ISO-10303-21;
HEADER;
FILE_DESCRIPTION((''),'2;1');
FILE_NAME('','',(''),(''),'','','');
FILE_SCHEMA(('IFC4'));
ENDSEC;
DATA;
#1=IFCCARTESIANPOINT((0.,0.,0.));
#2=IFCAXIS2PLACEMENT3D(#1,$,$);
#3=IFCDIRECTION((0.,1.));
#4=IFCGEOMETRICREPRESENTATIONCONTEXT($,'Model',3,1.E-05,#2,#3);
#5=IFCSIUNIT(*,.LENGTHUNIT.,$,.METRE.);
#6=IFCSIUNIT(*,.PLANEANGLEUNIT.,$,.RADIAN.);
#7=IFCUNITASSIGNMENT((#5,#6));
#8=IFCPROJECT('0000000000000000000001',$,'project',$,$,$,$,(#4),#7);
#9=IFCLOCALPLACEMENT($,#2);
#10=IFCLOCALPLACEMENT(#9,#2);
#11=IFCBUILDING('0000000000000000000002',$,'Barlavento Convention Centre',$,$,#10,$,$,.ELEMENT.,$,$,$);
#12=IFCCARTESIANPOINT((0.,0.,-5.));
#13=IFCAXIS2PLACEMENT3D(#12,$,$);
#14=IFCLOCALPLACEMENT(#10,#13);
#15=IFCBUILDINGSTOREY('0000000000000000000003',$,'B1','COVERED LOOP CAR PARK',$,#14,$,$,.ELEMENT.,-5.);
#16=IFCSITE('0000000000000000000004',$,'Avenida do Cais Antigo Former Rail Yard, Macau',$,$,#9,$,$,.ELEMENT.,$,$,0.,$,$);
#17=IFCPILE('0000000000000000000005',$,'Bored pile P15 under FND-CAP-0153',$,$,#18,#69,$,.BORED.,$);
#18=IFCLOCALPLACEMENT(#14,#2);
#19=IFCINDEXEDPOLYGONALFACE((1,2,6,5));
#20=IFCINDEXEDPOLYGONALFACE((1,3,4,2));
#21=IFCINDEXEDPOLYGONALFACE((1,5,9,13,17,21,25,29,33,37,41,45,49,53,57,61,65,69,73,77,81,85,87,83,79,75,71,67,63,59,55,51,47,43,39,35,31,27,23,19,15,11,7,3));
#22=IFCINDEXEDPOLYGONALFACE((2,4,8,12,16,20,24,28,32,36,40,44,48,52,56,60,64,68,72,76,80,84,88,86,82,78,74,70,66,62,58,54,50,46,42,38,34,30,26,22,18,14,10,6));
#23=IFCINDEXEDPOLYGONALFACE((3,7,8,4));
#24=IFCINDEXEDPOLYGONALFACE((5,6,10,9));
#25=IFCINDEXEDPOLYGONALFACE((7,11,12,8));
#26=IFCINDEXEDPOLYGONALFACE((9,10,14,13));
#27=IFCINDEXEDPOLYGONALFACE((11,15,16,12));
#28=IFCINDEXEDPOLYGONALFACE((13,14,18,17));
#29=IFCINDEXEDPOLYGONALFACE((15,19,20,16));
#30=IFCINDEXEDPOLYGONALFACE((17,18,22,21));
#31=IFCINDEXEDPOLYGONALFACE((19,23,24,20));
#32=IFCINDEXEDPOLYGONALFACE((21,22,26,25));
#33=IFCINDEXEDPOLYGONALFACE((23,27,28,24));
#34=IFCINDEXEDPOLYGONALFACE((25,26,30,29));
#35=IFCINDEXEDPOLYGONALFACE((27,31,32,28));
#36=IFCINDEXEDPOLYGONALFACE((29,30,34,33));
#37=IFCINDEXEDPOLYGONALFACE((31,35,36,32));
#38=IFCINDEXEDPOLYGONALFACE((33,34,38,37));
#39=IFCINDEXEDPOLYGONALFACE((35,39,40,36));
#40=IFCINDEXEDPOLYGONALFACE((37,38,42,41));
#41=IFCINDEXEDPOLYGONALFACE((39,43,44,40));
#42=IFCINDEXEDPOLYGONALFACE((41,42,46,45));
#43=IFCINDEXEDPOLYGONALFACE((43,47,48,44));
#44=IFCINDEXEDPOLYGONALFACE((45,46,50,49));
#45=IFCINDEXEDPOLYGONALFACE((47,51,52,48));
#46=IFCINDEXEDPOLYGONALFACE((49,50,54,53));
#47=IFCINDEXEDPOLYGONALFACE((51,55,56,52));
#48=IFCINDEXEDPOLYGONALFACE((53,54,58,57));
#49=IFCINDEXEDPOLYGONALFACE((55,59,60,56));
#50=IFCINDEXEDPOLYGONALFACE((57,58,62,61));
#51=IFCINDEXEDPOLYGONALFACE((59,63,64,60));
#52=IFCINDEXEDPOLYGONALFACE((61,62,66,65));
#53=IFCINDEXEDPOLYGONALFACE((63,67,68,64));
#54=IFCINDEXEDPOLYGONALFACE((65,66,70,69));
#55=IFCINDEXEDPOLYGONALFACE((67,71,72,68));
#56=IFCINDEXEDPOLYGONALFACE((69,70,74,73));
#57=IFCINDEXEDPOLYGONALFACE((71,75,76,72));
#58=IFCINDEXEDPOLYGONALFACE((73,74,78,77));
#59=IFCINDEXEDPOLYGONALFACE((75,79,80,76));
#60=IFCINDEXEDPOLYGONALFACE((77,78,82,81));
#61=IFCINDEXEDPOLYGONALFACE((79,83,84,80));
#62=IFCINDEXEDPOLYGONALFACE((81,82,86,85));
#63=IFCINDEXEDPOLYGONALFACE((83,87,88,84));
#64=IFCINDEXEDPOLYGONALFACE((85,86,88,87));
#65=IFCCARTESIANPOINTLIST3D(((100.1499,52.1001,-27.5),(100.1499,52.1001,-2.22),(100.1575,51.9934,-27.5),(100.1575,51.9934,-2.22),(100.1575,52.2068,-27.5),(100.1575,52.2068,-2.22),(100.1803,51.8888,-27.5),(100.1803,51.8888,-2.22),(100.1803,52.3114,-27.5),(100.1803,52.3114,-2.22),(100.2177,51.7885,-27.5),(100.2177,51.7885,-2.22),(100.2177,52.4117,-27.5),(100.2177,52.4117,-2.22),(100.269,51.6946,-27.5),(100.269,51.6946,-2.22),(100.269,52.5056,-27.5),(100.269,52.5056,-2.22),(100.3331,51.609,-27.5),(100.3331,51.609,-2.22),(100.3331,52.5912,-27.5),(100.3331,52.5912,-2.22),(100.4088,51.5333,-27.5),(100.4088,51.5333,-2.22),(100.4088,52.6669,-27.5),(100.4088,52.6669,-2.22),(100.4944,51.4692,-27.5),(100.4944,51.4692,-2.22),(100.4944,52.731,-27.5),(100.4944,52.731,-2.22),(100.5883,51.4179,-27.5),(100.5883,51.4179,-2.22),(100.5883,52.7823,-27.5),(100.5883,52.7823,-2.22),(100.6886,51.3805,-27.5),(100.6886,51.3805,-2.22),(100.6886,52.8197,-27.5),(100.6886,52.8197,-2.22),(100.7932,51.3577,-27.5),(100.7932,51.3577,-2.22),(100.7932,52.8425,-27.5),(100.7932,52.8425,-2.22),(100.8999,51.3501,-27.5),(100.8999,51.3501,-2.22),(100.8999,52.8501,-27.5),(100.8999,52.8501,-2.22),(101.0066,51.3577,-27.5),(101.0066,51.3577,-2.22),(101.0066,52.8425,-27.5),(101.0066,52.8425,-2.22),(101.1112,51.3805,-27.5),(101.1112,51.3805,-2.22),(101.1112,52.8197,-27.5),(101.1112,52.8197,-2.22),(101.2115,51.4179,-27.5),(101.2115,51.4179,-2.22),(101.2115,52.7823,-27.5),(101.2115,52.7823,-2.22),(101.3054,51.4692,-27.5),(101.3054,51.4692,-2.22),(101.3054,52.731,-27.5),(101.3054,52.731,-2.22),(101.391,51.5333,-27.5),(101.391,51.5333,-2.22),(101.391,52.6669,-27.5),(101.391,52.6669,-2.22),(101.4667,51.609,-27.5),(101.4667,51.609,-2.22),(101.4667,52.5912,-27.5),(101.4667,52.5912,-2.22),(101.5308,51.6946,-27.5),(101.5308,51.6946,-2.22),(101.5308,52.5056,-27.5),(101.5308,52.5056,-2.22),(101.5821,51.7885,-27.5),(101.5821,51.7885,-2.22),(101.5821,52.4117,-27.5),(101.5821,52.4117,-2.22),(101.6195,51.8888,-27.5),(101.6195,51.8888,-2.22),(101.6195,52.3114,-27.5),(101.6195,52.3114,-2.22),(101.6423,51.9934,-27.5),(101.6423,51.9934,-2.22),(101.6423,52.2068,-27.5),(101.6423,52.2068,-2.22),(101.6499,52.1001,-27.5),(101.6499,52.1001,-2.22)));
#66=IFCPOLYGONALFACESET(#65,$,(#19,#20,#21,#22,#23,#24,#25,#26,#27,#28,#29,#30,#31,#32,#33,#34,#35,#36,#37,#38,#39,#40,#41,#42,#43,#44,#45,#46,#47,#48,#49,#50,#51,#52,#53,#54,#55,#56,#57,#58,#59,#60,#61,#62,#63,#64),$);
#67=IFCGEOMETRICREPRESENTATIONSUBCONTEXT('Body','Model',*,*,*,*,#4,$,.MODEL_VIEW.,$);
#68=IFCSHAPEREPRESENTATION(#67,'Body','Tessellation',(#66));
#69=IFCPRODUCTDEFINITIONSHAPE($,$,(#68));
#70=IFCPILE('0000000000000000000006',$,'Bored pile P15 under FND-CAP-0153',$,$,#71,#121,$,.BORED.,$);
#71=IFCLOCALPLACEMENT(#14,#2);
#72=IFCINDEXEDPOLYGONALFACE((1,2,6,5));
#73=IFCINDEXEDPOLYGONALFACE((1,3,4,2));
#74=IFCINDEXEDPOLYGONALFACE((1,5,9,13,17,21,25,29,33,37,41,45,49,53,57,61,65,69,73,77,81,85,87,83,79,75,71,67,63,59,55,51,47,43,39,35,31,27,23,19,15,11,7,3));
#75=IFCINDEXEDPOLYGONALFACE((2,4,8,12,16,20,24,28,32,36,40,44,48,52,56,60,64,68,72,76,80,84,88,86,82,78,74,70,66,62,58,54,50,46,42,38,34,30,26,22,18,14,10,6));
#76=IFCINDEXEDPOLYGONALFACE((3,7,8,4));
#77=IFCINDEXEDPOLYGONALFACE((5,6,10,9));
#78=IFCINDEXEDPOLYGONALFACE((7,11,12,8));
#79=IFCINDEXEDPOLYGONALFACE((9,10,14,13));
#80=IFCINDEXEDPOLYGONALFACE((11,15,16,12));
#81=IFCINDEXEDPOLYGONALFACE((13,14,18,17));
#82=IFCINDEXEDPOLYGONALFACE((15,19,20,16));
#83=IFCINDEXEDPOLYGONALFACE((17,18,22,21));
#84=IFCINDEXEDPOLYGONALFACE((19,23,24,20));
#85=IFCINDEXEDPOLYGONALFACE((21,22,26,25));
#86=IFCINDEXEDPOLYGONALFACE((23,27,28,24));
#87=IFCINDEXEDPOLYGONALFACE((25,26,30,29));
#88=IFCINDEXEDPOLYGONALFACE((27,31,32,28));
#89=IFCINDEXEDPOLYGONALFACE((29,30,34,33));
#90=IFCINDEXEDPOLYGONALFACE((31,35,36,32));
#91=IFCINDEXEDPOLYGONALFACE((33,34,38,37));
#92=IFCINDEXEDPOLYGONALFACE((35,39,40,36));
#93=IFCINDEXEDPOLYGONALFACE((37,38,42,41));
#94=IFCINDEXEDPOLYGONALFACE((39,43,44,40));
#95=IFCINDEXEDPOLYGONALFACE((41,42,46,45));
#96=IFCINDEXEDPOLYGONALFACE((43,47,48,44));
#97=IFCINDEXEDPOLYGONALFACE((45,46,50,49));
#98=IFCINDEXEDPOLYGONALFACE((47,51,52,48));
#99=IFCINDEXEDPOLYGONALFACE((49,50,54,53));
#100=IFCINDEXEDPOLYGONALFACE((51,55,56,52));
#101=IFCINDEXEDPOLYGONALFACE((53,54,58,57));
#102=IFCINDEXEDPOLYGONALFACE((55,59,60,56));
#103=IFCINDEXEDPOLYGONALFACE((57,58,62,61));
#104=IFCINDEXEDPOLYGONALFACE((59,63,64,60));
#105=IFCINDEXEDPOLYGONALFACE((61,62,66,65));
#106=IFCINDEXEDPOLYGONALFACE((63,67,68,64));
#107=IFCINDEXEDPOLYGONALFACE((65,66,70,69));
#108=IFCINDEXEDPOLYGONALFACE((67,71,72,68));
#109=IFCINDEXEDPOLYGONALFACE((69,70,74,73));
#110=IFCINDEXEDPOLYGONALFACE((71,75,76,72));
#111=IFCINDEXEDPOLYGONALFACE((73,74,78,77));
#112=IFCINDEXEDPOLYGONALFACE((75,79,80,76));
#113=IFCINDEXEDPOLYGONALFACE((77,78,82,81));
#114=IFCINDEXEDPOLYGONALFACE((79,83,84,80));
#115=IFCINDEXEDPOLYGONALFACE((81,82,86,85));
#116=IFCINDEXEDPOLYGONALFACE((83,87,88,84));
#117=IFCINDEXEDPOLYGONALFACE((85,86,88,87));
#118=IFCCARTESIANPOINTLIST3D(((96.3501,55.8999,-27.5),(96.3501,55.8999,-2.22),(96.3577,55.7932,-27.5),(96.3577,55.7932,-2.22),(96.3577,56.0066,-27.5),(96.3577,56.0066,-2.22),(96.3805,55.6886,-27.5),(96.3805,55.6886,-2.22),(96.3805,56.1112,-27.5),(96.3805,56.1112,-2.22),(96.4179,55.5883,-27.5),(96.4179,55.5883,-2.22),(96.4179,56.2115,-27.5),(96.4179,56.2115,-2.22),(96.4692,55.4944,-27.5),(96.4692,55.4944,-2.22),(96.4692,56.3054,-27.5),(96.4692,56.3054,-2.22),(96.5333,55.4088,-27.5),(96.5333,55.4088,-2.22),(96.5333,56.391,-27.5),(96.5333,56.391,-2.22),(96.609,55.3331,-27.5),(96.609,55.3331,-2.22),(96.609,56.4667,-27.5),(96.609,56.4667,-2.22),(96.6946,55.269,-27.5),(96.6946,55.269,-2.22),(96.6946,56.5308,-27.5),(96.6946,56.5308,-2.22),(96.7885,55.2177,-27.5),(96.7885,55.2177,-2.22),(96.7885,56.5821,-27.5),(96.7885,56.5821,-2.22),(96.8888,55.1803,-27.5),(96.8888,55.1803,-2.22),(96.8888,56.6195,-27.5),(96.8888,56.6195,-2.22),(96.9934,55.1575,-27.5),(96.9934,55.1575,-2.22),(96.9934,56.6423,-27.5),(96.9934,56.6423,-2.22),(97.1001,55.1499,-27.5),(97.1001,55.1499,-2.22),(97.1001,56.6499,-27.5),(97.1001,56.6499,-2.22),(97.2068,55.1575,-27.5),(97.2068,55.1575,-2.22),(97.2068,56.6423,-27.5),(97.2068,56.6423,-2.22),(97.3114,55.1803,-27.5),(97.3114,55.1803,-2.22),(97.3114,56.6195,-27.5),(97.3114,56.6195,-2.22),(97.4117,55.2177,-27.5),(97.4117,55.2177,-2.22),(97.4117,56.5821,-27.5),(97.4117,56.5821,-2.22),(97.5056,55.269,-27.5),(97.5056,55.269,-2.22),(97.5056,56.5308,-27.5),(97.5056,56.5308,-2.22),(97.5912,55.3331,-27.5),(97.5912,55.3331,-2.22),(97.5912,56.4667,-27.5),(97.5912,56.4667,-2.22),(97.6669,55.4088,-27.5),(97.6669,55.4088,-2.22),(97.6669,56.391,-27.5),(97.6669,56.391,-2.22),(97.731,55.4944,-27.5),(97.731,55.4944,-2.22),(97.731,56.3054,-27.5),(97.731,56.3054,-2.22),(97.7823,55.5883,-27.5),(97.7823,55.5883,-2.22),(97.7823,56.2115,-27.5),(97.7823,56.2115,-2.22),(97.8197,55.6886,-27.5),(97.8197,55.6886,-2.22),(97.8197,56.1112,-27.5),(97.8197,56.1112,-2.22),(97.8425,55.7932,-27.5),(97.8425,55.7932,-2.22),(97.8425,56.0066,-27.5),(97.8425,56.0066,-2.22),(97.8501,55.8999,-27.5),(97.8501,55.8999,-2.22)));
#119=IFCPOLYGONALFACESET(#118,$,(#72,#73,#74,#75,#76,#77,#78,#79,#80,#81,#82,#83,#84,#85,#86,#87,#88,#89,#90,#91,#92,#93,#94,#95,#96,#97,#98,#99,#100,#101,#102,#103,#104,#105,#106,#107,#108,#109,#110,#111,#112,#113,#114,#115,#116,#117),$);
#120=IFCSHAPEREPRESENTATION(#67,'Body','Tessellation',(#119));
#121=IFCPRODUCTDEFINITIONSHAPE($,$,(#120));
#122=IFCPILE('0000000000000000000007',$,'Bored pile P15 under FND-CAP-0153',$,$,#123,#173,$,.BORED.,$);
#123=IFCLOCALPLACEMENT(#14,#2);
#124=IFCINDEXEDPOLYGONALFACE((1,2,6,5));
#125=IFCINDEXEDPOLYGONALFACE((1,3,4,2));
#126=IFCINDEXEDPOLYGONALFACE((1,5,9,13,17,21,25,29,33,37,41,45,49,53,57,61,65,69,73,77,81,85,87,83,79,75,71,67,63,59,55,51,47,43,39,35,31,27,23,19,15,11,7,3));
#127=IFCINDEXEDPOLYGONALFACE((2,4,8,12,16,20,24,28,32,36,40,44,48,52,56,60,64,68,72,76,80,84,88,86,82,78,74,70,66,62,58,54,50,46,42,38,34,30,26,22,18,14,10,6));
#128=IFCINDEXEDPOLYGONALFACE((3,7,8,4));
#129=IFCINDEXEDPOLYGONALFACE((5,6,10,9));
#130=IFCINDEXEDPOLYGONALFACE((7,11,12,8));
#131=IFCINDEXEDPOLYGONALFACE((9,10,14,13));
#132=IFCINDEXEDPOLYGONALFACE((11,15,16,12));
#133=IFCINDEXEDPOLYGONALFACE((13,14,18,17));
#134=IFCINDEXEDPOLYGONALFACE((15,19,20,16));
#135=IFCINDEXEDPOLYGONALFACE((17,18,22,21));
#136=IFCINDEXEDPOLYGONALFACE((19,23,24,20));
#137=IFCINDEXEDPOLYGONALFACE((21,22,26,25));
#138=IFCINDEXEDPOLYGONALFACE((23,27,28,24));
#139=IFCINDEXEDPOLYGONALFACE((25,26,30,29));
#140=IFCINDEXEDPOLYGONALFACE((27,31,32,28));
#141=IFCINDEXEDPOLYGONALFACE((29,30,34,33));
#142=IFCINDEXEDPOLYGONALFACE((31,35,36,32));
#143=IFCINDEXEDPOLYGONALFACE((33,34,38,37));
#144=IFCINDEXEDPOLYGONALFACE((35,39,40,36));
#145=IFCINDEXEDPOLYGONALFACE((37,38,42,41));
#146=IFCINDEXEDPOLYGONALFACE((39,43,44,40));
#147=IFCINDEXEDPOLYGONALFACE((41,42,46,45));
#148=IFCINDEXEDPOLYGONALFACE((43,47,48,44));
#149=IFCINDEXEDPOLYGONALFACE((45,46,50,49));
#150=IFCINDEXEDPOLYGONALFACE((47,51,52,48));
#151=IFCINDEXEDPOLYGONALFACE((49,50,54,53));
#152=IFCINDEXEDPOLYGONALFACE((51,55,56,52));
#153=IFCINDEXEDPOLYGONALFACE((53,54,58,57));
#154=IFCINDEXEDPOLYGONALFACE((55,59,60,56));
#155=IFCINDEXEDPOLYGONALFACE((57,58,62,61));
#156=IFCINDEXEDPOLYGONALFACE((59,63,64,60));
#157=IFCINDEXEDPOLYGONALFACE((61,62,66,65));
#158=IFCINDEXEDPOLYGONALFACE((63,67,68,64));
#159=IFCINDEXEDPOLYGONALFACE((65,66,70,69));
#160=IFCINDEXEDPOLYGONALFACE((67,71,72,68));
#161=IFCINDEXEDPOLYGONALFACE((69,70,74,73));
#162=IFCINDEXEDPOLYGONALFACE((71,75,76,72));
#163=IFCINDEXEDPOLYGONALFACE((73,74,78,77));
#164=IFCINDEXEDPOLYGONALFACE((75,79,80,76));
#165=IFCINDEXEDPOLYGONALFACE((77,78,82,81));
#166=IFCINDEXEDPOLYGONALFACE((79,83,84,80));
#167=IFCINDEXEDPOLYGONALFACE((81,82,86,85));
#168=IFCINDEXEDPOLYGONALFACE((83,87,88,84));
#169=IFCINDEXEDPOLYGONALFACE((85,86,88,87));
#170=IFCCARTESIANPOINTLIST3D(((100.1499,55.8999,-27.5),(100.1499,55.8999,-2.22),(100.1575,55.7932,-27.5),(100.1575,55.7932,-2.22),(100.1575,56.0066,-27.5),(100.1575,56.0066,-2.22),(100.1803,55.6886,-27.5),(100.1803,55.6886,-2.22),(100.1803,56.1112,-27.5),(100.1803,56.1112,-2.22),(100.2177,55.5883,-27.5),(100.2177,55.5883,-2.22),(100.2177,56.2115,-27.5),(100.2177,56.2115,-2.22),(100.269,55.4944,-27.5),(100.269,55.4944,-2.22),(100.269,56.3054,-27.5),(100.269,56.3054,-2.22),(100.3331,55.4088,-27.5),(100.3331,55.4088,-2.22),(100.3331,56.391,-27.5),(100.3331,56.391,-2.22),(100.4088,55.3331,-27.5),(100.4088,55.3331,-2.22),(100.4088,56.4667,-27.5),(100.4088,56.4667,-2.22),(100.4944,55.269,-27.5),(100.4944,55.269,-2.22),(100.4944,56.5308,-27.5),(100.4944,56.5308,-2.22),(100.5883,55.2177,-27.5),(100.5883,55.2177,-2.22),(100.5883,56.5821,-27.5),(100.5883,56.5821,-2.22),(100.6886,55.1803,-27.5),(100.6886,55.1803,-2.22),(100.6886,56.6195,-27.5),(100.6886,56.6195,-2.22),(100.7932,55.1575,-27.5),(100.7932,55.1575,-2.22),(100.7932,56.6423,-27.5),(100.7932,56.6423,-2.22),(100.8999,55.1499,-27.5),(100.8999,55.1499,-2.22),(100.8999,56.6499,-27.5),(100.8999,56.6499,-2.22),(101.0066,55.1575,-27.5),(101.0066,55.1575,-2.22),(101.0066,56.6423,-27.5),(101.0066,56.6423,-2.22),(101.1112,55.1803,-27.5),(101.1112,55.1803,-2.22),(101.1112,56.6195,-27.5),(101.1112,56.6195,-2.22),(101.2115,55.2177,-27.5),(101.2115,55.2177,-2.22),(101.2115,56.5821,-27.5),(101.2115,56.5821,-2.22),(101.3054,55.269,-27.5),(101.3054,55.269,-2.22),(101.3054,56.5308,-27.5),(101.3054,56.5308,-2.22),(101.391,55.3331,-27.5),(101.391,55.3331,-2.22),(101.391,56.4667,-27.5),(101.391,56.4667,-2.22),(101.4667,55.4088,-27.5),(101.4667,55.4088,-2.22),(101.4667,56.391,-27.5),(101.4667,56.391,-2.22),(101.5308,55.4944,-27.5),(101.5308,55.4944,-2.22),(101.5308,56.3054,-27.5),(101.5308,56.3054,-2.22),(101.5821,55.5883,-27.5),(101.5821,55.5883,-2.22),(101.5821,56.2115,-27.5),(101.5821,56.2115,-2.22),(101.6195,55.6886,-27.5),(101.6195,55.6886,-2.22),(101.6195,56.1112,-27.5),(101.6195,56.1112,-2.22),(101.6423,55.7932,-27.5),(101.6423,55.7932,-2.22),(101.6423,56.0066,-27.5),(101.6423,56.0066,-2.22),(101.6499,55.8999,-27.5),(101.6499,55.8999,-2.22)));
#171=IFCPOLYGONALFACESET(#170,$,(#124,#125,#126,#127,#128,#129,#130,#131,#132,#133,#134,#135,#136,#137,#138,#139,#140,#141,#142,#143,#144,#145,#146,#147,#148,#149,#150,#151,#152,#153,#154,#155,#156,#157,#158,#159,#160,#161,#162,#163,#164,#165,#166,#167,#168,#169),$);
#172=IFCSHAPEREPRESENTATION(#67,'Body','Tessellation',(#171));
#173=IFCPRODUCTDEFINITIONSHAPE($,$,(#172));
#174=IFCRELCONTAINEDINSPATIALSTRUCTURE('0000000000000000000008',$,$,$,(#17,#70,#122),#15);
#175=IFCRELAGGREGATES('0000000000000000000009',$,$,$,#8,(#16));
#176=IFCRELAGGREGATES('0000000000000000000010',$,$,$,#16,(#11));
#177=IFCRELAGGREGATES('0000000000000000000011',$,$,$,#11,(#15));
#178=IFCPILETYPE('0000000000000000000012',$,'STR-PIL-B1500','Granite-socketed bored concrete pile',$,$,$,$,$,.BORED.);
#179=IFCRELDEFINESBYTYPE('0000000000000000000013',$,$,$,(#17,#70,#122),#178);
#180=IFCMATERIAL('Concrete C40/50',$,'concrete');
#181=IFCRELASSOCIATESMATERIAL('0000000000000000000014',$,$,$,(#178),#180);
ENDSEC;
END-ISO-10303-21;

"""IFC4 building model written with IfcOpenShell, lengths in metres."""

from ifc_helpers import new_model, si_unit, direction, frame, origin, origin_2d, place, context, subcontext, project, spatial, circle, extrude, material, material_profile, profile_set, type_object, element, save


model = new_model("IFC4")

# Units and contexts
model_context = context("Model", 3, precision=1e-05, world=origin(), true_north=direction((0.0, 1.0)))
body_context = subcontext(model_context, "Body", "Model", "MODEL_VIEW")
ifc_project = project(units=[si_unit("LENGTHUNIT", "METRE"), si_unit("PLANEANGLEUNIT", "RADIAN")], contexts=[model_context])

# Site, building, storey
site_placement = place(None, origin())
site = spatial("IfcSite", under=ifc_project, at=site_placement, Name="Avenida do Cais Antigo Former Rail Yard, Macau", CompositionType="ELEMENT", RefElevation=0.0)
building_placement = place(site_placement, origin())
building = spatial("IfcBuilding", under=site, at=building_placement, Name="Barlavento Convention Centre", CompositionType="ELEMENT")
storey_placement = place(building_placement, frame((0.0, 0.0, -5.0)))
storey = spatial("IfcBuildingStorey", under=building, at=storey_placement, Name="B1", Description="COVERED LOOP CAR PARK", CompositionType="ELEMENT", Elevation=-5.0)

# Shared definitions
ifc_material_1 = material(Name="Concrete C40/50", Category="concrete")

# Piles
ifc_material_profile_1 = material_profile(ifc_material_1, circle(Radius=0.75, at=origin_2d()), Name="BORED PILE 1500")
ifc_profile_set_1 = profile_set([ifc_material_profile_1], Name="Concrete C40/50")
pile_type_1 = type_object("IfcPileType", Name="STR-PIL-B1500", Description="Granite-socketed bored concrete pile", PredefinedType="BORED", material=ifc_profile_set_1)
for number, where, z_axis, x_axis, name in (
    (1, (100.8999, 52.1001, -2.22), (0.0, 0.0, -1.0), (1.0, 0.0, 0.0), "Bored pile P15 under FND-CAP-0153"),
    (2, (97.1001, 55.8999, -2.22), (0.0, 0.0, -1.0), (1.0, 0.0, 0.0), "Bored pile P15 under FND-CAP-0153"),
    (3, (100.8999, 55.8999, -2.22), (0.0, 0.0, -1.0), (1.0, 0.0, 0.0), "Bored pile P15 under FND-CAP-0153"),
):
    element("IfcPile", number, at=place(storey_placement, frame(where, z_axis=z_axis, x_axis=x_axis)), inside=storey, type_object=pile_type_1, Name=name, PredefinedType="BORED", context=body_context, shape_type="SweptSolid", body=[
        extrude(circle(Radius=0.75, at=origin_2d()), origin(), (0.0, 0.0, 1.0), 25.28),
    ])

save(model, "model.ifc")
